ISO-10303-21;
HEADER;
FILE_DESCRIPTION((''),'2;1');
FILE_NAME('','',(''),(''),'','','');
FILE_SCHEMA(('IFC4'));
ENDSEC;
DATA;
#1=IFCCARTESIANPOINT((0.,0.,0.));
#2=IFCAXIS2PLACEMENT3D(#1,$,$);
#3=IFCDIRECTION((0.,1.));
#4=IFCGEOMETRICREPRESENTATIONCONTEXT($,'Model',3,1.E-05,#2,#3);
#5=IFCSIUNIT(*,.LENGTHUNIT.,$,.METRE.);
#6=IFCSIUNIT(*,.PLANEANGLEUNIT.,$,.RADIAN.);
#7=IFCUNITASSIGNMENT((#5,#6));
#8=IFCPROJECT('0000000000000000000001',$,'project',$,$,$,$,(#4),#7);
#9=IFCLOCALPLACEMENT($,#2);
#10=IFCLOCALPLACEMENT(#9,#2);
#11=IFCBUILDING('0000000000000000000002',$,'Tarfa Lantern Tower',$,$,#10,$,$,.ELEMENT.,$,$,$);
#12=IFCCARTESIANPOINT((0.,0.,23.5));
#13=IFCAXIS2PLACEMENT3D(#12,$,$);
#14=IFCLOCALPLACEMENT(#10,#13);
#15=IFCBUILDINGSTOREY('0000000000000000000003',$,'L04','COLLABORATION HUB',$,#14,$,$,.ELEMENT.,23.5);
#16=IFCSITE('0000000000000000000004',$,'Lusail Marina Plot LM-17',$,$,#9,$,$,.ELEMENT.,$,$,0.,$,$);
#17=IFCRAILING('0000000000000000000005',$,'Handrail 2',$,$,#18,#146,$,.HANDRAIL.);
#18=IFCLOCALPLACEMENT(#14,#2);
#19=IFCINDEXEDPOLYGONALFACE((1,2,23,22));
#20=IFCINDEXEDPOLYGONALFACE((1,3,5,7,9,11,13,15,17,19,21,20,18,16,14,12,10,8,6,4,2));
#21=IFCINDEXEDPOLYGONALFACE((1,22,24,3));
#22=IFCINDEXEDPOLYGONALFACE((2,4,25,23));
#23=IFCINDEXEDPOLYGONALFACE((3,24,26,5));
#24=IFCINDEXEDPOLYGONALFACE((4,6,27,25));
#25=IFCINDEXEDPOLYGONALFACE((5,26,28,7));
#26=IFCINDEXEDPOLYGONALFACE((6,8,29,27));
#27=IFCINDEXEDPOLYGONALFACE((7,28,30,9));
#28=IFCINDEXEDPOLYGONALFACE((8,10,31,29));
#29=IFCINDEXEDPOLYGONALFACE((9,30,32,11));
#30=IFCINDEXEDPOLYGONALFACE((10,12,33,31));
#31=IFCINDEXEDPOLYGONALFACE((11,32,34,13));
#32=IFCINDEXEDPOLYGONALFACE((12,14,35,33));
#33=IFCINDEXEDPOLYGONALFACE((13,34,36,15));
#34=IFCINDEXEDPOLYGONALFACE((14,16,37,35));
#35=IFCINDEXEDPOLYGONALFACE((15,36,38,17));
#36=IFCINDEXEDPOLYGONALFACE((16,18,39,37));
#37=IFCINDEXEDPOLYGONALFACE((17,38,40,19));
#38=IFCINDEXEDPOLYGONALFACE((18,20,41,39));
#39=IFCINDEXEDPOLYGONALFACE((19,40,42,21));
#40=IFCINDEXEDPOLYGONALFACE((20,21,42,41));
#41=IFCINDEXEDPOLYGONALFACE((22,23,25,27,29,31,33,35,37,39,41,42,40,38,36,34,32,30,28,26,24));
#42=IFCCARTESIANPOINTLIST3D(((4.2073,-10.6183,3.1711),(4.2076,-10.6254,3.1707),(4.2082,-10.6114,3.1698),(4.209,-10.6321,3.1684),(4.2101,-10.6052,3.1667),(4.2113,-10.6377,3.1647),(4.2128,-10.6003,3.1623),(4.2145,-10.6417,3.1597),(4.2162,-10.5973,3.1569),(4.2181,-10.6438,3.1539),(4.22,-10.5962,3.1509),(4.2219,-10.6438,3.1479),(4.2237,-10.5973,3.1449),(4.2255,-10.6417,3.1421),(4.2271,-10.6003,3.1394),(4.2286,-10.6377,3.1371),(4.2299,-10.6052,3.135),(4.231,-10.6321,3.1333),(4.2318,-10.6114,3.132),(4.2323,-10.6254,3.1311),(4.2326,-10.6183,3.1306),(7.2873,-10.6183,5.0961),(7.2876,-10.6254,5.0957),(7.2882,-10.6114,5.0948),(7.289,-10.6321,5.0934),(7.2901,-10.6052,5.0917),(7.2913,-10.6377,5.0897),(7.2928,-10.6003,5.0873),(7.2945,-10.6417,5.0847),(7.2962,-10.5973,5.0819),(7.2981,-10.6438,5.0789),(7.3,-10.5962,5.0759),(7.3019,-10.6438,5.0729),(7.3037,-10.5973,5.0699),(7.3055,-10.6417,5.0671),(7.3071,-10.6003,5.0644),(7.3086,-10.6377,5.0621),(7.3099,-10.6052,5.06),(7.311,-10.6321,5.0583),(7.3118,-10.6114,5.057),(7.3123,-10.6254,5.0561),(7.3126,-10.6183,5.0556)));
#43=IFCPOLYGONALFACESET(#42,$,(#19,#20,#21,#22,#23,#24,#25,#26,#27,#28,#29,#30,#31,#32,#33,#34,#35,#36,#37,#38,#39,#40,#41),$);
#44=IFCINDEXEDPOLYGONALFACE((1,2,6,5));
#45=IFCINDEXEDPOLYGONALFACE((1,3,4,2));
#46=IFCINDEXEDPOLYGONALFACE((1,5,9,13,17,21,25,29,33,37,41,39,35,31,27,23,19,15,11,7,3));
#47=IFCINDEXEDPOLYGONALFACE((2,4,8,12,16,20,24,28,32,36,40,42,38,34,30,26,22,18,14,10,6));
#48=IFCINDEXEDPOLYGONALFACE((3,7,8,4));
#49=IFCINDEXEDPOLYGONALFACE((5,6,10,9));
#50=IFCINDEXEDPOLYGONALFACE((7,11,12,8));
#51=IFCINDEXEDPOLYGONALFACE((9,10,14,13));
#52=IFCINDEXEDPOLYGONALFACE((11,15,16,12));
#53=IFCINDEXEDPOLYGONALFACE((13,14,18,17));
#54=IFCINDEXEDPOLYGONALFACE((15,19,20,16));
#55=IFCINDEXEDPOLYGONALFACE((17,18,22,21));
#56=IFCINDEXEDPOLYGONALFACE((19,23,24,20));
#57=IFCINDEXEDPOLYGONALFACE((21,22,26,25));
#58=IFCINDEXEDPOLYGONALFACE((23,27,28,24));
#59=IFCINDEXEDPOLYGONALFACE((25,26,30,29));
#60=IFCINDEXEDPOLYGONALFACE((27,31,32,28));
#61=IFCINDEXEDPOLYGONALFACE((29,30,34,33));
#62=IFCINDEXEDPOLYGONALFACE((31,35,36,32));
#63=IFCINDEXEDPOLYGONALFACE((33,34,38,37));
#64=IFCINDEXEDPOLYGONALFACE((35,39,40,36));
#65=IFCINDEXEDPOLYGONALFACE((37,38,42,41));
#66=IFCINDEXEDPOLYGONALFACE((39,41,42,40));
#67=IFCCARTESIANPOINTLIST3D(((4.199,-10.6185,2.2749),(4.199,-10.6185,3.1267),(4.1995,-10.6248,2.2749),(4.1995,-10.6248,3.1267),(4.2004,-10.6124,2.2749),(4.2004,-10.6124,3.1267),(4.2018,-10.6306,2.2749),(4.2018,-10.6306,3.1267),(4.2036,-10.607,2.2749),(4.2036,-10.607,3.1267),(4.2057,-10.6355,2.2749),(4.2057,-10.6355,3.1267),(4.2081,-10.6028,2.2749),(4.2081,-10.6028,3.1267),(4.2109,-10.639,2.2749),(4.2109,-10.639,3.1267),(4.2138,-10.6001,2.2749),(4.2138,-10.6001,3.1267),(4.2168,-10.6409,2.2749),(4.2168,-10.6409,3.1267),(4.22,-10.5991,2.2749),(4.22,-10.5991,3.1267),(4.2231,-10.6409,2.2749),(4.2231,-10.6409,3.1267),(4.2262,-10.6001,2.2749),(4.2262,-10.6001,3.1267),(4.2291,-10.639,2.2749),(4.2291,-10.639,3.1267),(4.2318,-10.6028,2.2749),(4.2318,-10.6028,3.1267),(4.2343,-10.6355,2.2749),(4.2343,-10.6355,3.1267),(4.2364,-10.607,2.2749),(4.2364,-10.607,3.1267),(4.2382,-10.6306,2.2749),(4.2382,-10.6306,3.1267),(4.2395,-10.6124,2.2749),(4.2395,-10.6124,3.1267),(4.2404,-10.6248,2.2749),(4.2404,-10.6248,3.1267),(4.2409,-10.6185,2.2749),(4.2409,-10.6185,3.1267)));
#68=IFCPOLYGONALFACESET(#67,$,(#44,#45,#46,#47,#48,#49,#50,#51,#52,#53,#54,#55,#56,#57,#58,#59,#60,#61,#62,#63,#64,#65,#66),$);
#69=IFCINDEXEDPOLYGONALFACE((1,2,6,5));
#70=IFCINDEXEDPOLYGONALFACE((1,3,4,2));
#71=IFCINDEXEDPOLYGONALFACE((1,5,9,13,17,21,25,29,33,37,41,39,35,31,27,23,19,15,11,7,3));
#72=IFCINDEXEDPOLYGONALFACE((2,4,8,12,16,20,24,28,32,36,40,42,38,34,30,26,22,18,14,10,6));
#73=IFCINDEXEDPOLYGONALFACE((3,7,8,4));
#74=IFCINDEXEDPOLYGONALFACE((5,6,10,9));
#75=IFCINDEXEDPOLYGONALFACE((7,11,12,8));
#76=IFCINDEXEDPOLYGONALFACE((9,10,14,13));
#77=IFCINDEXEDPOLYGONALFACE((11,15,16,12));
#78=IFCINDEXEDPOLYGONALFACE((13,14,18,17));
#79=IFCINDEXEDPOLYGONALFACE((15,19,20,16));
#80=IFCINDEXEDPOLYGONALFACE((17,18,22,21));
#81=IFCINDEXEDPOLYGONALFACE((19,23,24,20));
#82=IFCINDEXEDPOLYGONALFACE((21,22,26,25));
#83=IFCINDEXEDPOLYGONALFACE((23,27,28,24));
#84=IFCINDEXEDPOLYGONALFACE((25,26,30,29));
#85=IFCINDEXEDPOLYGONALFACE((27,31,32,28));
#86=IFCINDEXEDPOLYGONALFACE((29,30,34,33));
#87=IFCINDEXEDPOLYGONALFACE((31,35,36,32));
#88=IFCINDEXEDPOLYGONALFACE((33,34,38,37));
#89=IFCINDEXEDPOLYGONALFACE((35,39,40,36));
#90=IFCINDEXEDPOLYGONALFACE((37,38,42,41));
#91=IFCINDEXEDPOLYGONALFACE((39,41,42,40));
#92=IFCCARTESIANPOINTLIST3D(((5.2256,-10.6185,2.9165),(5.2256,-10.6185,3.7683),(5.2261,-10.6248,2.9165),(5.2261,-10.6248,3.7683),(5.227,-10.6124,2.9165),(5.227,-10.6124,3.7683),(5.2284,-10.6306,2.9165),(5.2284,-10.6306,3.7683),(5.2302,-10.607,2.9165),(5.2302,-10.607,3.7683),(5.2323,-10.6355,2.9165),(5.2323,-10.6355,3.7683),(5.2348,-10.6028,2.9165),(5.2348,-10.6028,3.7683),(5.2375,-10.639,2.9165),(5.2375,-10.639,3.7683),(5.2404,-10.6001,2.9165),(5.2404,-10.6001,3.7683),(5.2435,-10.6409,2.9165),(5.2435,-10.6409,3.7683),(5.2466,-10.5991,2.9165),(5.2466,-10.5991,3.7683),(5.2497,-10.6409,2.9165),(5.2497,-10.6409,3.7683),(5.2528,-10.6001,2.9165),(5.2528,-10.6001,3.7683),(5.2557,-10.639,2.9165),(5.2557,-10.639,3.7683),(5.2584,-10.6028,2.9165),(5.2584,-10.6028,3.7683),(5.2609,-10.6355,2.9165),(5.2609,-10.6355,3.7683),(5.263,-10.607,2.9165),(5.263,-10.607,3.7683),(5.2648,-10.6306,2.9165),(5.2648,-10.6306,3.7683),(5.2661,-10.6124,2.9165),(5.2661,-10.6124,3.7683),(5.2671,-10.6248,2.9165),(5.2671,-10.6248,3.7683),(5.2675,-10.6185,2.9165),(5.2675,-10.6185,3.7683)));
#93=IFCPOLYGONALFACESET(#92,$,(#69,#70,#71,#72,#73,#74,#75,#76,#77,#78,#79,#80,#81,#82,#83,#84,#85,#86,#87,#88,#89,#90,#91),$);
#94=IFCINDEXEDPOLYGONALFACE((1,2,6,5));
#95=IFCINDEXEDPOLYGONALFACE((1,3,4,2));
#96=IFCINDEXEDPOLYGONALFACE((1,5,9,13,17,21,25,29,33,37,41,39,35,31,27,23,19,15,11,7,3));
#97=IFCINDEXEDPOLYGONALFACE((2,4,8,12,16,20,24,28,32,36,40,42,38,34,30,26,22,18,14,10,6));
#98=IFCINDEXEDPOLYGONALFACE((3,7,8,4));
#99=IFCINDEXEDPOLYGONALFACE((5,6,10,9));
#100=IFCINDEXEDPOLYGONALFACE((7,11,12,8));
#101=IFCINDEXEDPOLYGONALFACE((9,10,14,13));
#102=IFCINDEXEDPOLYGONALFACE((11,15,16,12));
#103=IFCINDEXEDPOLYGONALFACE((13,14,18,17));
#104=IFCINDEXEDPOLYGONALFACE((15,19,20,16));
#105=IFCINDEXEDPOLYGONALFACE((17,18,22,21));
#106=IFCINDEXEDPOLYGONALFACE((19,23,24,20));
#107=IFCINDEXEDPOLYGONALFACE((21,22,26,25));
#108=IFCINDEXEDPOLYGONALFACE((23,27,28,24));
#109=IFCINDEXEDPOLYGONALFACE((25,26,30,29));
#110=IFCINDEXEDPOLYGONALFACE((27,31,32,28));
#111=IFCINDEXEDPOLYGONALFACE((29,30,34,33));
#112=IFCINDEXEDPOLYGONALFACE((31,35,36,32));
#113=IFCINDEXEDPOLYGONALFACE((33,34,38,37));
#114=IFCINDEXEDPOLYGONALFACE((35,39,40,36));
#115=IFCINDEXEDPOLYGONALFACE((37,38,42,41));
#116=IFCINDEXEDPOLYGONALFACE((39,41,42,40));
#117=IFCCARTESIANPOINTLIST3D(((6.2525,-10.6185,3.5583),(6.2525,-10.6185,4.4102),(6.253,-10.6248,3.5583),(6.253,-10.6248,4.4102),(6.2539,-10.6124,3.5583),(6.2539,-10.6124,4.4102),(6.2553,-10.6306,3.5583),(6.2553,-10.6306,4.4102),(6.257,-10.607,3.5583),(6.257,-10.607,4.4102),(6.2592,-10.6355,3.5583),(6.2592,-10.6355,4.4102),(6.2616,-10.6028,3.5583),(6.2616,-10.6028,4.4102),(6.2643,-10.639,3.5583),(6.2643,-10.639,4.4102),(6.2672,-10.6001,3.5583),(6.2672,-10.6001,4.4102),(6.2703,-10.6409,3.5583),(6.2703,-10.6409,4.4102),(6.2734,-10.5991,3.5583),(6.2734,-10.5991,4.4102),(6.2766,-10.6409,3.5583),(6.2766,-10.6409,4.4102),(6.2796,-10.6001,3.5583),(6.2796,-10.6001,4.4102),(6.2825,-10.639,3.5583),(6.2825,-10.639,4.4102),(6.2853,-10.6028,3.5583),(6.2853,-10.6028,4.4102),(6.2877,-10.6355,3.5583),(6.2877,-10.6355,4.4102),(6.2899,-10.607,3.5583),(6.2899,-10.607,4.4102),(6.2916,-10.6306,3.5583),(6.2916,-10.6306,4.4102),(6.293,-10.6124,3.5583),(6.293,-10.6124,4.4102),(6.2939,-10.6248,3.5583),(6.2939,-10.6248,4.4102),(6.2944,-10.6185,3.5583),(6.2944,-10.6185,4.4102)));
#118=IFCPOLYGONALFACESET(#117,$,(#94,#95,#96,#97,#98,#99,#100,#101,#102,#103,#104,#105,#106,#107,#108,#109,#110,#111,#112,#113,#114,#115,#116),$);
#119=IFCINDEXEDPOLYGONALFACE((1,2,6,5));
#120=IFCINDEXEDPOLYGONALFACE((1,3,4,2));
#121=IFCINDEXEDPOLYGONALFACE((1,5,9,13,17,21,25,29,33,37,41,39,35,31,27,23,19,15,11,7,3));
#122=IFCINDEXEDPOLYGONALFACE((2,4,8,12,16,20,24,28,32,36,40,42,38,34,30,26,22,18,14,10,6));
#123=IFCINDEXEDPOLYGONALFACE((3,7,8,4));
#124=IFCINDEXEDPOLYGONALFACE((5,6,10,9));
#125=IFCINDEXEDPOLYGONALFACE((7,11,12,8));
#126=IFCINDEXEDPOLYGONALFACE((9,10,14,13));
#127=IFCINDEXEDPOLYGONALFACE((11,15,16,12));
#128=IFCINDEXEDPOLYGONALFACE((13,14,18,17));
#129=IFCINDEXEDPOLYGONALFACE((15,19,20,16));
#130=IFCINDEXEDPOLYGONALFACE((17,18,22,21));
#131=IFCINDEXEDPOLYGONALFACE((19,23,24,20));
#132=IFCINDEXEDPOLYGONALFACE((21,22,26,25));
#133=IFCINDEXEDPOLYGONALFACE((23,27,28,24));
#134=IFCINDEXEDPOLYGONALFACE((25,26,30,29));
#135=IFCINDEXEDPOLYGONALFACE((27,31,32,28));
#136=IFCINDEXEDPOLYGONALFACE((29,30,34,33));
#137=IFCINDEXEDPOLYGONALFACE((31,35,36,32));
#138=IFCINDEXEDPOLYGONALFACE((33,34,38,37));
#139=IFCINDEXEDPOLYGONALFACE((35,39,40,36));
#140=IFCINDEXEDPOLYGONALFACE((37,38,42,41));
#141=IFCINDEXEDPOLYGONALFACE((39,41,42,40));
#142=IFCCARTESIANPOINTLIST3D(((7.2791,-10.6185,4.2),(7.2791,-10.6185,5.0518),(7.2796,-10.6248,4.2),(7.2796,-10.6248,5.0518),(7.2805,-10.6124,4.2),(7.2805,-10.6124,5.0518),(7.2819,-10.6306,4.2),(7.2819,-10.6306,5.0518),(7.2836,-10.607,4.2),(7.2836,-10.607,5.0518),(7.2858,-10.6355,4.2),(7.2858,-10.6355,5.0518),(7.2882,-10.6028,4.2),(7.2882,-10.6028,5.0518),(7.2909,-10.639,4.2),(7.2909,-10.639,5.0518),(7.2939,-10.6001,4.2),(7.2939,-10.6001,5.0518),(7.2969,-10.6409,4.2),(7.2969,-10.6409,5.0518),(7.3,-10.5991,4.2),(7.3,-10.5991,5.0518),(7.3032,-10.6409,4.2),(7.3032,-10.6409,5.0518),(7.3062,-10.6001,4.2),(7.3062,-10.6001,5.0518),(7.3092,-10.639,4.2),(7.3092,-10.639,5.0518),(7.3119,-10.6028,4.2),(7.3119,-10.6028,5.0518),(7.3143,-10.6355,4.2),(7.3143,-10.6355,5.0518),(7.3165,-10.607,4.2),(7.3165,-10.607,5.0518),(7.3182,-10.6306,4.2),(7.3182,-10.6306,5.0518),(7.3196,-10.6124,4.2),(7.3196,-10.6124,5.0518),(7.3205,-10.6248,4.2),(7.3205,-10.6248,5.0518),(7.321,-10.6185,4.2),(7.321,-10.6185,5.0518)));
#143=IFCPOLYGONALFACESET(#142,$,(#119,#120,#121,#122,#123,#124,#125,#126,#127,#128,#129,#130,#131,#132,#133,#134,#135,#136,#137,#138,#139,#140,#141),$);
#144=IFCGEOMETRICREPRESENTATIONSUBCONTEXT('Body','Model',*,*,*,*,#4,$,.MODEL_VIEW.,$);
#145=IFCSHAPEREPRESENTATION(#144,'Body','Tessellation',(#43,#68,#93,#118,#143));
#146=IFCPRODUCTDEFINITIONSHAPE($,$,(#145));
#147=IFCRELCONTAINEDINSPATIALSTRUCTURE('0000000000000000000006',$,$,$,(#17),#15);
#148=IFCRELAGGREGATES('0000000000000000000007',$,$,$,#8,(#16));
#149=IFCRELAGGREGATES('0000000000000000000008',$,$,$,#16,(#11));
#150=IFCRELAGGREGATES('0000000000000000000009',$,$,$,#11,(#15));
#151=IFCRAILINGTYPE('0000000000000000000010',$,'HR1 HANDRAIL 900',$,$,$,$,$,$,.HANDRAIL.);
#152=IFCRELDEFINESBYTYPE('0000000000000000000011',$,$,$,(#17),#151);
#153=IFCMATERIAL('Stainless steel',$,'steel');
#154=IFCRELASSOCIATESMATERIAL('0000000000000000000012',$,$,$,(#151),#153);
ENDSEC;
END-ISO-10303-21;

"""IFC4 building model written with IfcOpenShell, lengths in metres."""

from ifc_helpers import new_model, si_unit, direction, frame, origin, origin_2d, place, context, subcontext, project, spatial, circle, extrude, material, type_object, element, save


model = new_model("IFC4")

# Units and contexts
model_context = context("Model", 3, precision=1e-05, world=origin(), true_north=direction((0.0, 1.0)))
body_context = subcontext(model_context, "Body", "Model", "MODEL_VIEW")
ifc_project = project(units=[si_unit("LENGTHUNIT", "METRE"), si_unit("PLANEANGLEUNIT", "RADIAN")], contexts=[model_context])

# Site, building, storey
site_placement = place(None, origin())
site = spatial("IfcSite", under=ifc_project, at=site_placement, Name="Lusail Marina Plot LM-17", CompositionType="ELEMENT", RefElevation=0.0)
building_placement = place(site_placement, origin())
building = spatial("IfcBuilding", under=site, at=building_placement, Name="Tarfa Lantern Tower", CompositionType="ELEMENT")
storey_placement = place(building_placement, frame((0.0, 0.0, 23.5)))
storey = spatial("IfcBuildingStorey", under=building, at=storey_placement, Name="L04", Description="COLLABORATION HUB", CompositionType="ELEMENT", Elevation=23.5)

# Railing
ifc_material_1 = material(Name="Stainless steel", Category="steel")
railing_type = type_object("IfcRailingType", Name="HR1 HANDRAIL 900", PredefinedType="HANDRAIL", material=ifc_material_1)
railing_1_placement = place(storey_placement, frame((4.22, -10.6201, 2.2749)))
element("IfcRailing", 1, at=railing_1_placement, inside=storey, type_object=railing_type, Name="Handrail 2", PredefinedType="HANDRAIL", context=body_context, shape_type="SweptSolid", body=[
    extrude(circle(Radius=0.0239, at=origin_2d()), frame((0.0, 0.0, 0.876), z_axis=(0.847998, 0.0, 0.529999), x_axis=(0.0, 1.0, 0.0)), (0.0, 0.0, 1.0), 3.6321),
    extrude(circle(Radius=0.021, at=origin_2d()), frame((0.0, 0.0, 0.0), z_axis=(0.0, 0.0, 1.0), x_axis=(0.0, 1.0, 0.0)), (0.0, 0.0, 1.0), 0.8518),
    extrude(circle(Radius=0.021, at=origin_2d()), frame((1.0266, 0.0, 0.6416), z_axis=(0.0, 0.0, 1.0), x_axis=(0.0, 1.0, 0.0)), (0.0, 0.0, 1.0), 0.8518),
    extrude(circle(Radius=0.021, at=origin_2d()), frame((2.0535, 0.0, 1.2834), z_axis=(0.0, 0.0, 1.0), x_axis=(0.0, 1.0, 0.0)), (0.0, 0.0, 1.0), 0.8518),
    extrude(circle(Radius=0.021, at=origin_2d()), frame((3.0801, 0.0, 1.925), z_axis=(0.0, 0.0, 1.0), x_axis=(0.0, 1.0, 0.0)), (0.0, 0.0, 1.0), 0.8518),
])

save(model, "model.ifc")
